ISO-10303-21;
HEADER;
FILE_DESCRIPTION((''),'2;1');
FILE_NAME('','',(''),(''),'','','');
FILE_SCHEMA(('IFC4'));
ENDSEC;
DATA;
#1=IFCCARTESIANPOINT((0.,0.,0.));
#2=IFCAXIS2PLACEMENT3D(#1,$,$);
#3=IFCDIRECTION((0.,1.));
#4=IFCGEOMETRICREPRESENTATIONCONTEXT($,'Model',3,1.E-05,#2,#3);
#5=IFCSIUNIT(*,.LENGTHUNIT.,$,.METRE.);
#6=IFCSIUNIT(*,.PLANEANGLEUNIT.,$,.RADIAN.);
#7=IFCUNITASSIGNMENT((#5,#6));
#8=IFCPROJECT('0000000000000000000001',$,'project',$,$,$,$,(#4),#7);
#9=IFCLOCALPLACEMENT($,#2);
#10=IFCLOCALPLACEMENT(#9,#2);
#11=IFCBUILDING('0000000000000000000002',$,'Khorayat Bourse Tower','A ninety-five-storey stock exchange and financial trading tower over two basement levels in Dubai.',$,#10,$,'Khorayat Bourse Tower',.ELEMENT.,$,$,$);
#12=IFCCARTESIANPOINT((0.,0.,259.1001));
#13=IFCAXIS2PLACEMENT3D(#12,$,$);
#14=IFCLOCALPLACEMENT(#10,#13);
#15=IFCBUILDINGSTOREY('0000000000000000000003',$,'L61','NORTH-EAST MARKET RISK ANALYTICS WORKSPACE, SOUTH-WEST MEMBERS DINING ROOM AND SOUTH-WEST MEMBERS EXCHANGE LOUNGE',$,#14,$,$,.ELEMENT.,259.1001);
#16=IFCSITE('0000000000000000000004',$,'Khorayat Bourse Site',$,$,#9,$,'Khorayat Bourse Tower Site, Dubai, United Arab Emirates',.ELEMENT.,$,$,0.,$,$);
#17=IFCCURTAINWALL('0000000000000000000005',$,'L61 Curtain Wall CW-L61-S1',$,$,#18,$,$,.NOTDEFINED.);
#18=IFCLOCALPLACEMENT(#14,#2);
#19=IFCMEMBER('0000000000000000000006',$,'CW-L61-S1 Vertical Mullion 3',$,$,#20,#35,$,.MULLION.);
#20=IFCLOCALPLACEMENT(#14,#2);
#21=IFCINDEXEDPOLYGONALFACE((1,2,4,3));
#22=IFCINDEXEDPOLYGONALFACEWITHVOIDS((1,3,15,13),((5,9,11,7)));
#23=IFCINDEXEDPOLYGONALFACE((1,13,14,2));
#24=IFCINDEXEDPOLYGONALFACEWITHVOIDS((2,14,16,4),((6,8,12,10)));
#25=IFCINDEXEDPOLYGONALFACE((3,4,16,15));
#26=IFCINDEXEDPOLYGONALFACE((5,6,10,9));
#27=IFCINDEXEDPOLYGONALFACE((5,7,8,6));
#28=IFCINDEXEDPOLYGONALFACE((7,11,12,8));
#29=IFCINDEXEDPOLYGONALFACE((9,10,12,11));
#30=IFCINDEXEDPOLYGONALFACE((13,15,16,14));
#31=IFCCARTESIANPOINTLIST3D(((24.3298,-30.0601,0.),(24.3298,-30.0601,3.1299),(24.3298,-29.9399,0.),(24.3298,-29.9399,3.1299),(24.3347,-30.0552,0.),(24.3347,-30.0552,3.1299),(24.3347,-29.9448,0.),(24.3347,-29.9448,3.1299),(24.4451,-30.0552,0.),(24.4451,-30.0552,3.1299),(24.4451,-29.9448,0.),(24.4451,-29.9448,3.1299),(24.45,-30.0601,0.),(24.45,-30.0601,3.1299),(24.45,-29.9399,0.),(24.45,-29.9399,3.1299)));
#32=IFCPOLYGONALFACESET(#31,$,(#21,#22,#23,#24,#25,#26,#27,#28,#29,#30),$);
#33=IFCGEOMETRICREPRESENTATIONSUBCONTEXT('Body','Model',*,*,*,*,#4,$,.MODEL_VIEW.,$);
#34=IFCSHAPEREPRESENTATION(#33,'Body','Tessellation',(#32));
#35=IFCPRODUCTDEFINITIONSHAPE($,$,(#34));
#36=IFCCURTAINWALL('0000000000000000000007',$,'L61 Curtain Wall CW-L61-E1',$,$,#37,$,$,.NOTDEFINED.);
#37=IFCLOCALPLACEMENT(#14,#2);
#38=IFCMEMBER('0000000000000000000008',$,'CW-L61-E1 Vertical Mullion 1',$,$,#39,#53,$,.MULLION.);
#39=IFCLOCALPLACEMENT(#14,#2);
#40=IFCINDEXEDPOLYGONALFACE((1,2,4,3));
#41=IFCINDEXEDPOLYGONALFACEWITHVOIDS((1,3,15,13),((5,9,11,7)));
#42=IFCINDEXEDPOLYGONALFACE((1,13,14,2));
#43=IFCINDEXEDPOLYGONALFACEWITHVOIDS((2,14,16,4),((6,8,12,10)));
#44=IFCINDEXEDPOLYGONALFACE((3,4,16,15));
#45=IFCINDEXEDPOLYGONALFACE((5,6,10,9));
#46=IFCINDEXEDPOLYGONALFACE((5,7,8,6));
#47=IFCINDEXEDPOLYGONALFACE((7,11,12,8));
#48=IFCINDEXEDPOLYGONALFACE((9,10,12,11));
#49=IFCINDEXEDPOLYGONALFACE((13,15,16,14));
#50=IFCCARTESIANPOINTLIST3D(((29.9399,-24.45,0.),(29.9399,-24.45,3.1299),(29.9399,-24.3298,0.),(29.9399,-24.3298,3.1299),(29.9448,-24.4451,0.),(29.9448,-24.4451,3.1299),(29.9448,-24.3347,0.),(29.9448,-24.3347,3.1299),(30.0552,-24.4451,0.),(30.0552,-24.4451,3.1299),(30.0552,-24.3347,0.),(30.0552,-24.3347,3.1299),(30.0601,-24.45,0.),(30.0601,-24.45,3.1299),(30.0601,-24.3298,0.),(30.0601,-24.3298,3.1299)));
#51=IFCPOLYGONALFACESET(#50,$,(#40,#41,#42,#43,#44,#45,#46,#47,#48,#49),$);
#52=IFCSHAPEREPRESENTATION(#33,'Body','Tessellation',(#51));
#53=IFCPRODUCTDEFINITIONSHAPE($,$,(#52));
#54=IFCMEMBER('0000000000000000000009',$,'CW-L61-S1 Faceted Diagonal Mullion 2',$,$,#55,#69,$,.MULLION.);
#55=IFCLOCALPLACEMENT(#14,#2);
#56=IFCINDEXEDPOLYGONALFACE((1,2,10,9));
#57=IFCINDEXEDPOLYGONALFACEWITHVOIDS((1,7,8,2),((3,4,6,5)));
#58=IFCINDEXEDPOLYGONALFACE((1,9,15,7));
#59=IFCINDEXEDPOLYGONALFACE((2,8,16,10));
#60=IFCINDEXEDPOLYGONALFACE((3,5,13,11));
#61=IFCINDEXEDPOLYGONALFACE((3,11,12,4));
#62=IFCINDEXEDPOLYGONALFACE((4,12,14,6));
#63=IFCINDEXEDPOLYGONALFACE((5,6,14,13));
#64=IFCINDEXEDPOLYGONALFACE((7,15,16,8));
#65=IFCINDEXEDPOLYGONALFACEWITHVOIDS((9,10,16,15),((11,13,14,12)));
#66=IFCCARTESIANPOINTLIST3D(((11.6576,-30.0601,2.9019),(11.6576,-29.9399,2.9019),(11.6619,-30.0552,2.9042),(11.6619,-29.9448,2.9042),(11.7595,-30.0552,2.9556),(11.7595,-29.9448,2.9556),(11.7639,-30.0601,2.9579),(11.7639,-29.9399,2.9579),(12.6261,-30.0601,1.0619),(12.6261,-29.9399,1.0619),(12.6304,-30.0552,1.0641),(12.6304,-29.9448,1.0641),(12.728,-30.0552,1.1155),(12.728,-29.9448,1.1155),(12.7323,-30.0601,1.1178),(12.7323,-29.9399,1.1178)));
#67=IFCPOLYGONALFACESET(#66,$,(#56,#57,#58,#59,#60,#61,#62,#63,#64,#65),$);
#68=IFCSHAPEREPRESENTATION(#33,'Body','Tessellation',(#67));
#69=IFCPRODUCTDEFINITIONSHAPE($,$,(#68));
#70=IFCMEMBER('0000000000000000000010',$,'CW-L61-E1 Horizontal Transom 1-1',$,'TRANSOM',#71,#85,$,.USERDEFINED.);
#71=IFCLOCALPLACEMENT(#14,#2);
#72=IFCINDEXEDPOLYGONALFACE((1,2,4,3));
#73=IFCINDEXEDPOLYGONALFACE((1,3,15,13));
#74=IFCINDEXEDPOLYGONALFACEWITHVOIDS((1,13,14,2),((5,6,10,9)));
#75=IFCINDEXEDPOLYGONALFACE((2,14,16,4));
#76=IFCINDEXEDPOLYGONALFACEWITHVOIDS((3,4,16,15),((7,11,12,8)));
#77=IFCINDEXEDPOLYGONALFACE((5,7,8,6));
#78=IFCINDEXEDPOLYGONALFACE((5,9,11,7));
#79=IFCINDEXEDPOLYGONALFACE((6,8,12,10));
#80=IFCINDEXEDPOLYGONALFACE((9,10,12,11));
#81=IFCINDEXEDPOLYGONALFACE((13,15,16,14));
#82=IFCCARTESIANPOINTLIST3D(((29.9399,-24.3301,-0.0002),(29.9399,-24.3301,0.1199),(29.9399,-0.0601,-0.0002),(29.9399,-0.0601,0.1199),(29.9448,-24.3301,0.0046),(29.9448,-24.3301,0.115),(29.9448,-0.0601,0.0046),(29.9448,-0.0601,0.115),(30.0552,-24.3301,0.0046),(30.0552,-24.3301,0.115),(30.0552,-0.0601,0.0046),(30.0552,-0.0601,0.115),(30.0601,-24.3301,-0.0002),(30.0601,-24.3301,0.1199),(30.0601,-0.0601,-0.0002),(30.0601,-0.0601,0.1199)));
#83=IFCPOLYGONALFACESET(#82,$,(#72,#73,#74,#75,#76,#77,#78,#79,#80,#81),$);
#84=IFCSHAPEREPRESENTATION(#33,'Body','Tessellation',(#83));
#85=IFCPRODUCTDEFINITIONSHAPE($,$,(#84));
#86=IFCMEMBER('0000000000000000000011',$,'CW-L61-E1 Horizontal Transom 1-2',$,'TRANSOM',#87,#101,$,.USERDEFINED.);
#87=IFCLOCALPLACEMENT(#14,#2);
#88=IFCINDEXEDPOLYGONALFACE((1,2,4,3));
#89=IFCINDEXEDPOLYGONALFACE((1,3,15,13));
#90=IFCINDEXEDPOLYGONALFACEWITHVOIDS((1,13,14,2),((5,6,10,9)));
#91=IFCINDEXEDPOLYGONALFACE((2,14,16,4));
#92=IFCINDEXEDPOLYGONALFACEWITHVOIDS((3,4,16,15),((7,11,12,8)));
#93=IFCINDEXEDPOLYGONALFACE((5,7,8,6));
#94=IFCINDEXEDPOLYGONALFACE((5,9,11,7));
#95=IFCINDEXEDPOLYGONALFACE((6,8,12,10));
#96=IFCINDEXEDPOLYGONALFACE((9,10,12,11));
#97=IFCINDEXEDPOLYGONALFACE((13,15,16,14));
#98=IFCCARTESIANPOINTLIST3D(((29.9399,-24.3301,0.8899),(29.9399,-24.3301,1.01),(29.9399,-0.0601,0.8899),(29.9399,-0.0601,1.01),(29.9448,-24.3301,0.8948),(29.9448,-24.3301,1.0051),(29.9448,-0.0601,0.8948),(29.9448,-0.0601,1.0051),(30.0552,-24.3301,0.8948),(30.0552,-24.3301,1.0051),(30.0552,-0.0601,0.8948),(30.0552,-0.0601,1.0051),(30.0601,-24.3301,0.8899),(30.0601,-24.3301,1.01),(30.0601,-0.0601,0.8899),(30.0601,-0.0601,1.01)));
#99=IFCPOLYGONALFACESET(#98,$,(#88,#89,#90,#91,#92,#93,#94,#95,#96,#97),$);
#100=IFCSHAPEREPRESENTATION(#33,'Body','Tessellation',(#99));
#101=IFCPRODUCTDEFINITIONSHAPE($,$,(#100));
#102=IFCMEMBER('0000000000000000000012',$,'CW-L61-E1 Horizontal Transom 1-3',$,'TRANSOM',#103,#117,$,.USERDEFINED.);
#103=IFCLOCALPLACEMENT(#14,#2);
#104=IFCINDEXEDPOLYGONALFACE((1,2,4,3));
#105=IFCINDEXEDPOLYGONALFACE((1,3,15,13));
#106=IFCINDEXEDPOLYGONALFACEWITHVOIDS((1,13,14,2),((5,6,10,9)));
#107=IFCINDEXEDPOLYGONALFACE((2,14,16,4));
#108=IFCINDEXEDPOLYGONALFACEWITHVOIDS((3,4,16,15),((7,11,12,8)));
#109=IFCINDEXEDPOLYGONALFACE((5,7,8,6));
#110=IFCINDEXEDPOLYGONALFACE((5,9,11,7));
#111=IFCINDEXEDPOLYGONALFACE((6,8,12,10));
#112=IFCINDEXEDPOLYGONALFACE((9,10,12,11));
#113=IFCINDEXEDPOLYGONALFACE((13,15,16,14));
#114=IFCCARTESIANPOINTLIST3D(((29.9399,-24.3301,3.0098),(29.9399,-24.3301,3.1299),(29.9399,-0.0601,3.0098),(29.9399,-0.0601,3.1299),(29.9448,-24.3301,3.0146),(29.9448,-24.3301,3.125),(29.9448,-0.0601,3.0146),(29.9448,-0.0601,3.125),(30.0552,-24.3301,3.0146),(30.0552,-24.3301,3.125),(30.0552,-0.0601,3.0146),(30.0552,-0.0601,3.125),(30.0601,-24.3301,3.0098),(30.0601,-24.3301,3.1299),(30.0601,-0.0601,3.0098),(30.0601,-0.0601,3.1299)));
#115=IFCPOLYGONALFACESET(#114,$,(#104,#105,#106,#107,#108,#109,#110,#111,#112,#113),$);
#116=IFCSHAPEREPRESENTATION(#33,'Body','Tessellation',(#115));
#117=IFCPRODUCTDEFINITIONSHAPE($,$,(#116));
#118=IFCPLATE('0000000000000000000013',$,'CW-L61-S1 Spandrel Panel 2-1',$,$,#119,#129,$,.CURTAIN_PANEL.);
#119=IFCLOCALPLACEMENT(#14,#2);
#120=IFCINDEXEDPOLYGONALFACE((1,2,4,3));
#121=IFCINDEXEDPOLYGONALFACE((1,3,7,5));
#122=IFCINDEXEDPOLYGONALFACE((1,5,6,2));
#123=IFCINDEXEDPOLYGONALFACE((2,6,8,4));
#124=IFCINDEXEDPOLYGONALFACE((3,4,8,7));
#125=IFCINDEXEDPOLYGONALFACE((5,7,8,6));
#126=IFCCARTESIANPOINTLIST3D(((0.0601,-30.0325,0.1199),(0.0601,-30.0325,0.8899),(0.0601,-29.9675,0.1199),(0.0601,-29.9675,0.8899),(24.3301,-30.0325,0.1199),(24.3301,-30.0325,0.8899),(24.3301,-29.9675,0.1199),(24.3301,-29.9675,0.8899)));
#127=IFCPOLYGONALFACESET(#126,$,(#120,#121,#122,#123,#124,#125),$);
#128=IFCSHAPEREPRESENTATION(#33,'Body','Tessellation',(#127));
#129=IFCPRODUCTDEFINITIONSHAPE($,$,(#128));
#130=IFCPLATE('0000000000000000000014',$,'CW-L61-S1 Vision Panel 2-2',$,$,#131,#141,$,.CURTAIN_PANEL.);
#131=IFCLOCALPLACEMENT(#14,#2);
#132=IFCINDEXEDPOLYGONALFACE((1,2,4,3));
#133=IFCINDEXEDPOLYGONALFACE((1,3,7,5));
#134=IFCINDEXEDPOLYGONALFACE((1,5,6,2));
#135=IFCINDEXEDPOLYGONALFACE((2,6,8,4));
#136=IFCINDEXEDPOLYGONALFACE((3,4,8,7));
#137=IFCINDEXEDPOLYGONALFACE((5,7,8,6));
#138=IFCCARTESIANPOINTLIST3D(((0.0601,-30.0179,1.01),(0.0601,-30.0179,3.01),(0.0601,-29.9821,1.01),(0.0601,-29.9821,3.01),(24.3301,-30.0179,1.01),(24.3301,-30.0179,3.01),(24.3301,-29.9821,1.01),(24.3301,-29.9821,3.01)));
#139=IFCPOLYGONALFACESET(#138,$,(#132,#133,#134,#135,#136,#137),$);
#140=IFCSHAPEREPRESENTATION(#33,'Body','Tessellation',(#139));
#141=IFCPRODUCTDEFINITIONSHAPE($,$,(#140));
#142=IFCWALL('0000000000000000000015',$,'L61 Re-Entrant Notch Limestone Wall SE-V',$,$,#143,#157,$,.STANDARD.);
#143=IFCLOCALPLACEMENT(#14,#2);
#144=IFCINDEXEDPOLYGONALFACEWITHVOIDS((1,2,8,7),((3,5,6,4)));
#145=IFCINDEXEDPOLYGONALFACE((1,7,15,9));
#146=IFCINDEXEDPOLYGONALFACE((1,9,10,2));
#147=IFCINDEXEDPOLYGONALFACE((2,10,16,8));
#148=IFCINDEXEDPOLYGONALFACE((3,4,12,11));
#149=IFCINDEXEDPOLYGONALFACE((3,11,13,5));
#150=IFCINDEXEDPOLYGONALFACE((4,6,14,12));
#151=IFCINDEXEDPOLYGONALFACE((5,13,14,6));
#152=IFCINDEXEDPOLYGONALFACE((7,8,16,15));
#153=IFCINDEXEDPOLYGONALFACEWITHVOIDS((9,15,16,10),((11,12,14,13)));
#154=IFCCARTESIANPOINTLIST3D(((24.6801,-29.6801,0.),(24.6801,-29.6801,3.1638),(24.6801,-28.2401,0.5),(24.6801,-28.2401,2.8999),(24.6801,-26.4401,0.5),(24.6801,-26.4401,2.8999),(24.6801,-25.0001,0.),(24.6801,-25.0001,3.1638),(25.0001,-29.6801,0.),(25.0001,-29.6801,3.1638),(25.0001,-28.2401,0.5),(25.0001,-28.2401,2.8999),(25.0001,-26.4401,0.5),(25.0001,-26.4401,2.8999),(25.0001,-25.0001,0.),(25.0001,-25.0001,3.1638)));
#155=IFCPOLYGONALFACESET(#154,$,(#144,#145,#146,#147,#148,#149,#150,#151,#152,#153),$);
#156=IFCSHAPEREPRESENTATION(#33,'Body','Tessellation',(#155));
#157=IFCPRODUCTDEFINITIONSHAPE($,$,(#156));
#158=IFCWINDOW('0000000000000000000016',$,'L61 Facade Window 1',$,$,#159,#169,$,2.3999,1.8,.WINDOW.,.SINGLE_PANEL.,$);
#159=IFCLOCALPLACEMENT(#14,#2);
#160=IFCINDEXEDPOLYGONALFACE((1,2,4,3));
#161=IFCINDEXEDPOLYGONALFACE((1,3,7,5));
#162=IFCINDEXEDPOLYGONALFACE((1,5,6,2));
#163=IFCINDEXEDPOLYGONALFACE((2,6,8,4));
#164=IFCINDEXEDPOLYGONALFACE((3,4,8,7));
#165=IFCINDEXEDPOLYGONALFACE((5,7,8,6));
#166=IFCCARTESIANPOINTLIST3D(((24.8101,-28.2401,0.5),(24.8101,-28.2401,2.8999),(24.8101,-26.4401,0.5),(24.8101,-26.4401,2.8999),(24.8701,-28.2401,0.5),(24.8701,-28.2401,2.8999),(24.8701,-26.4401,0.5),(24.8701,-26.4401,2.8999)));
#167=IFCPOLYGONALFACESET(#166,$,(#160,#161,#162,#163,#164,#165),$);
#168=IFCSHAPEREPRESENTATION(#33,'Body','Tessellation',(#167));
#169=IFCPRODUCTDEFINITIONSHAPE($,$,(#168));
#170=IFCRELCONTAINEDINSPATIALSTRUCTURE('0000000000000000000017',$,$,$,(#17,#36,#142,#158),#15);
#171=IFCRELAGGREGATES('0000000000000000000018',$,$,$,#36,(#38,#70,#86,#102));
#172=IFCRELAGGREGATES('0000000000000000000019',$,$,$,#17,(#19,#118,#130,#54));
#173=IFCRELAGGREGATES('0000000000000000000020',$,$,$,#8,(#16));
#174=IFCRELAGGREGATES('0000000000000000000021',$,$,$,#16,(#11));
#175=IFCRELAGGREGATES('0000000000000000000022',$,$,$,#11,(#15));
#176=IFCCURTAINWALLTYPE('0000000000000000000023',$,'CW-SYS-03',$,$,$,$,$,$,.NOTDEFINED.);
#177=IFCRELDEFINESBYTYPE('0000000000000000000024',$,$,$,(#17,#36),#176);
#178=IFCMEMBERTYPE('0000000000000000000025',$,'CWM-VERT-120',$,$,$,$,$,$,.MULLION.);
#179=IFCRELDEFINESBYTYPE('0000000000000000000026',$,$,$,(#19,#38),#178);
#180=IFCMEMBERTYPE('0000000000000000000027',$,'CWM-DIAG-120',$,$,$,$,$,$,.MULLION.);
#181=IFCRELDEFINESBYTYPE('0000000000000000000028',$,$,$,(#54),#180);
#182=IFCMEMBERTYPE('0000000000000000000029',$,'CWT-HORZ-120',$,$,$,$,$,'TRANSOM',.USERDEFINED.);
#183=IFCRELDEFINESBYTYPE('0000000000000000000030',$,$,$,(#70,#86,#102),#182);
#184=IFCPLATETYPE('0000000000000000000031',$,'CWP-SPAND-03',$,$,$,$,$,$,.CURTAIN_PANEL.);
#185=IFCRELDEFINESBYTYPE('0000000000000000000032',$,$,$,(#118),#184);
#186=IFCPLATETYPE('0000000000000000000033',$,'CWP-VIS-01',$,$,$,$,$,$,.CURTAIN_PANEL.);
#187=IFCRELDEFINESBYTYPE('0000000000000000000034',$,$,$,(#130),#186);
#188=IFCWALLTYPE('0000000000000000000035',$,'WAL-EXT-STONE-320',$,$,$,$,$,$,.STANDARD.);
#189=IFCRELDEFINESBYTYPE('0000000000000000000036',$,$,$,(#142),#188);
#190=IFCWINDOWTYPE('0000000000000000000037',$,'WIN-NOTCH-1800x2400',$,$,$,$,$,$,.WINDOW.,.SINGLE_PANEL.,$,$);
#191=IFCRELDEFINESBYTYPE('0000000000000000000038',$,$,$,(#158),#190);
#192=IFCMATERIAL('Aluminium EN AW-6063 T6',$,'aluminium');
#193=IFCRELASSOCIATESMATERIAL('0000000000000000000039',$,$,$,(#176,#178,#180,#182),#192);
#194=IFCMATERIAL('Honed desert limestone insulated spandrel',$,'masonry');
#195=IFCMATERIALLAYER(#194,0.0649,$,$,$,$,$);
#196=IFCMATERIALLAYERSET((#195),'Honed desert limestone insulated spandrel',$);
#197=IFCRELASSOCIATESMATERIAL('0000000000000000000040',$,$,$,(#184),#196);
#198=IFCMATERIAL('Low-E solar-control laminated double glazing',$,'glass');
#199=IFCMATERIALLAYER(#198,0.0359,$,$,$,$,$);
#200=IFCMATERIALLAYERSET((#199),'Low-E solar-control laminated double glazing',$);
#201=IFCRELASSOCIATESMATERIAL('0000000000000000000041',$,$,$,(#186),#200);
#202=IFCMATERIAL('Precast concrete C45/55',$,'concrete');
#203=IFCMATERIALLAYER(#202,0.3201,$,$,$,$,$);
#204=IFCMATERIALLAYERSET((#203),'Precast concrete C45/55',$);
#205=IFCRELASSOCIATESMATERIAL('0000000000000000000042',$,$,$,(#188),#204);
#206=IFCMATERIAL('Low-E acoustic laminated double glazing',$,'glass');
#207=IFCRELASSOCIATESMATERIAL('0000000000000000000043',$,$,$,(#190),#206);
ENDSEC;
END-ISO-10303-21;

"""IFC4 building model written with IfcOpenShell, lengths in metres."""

from ifc_helpers import new_model, si_unit, direction, frame, frame_2d, origin, origin_2d, place, context, subcontext, project, spatial, rectangle, hollow_rectangle, extrude, source, transform, mapped, material, layer, layer_set, material_profile, profile_set, type_object, element, fill, aggregate, save


model = new_model("IFC4")

# Units and contexts
model_context = context("Model", 3, precision=1e-05, world=origin(), true_north=direction((0.0, 1.0)))
body_context = subcontext(model_context, "Body", "Model", "MODEL_VIEW")
ifc_project = project(units=[si_unit("LENGTHUNIT", "METRE"), si_unit("PLANEANGLEUNIT", "RADIAN")], contexts=[model_context])

# Site, building, storey
site_placement = place(None, origin())
site = spatial("IfcSite", under=ifc_project, at=site_placement, Name="Khorayat Bourse Site", LongName="Khorayat Bourse Tower Site, Dubai, United Arab Emirates", CompositionType="ELEMENT", RefElevation=0.0)
building_placement = place(site_placement, origin())
building = spatial("IfcBuilding", under=site, at=building_placement, Name="Khorayat Bourse Tower", Description="A ninety-five-storey stock exchange and financial trading tower over two basement levels in Dubai.", LongName="Khorayat Bourse Tower", CompositionType="ELEMENT")
storey_placement = place(building_placement, frame((0.0, 0.0, 259.1001)))
storey = spatial("IfcBuildingStorey", under=building, at=storey_placement, Name="L61", Description="NORTH-EAST MARKET RISK ANALYTICS WORKSPACE, SOUTH-WEST MEMBERS DINING ROOM AND SOUTH-WEST MEMBERS EXCHANGE LOUNGE", CompositionType="ELEMENT", Elevation=259.1001)

# Curtain walls, members
ifc_material_1 = material(Name="Aluminium EN AW-6063 T6", Category="aluminium")
curtain_wall_type = type_object("IfcCurtainWallType", Name="CW-SYS-03", PredefinedType="NOTDEFINED", material=ifc_material_1)
curtain_wall_1_placement = place(storey_placement, origin())
curtain_wall_1 = element("IfcCurtainWall", 1, at=curtain_wall_1_placement, inside=storey, type_object=curtain_wall_type, Name="L61 Curtain Wall CW-L61-S1", PredefinedType="NOTDEFINED")
ifc_material_profile_1 = material_profile(ifc_material_1, hollow_rectangle(XDim=0.1201, YDim=0.1201, WallThickness=0.0049, at=origin_2d()), Name="ALU 120x120x5")
ifc_profile_set_1 = profile_set([ifc_material_profile_1], Name="Aluminium EN AW-6063 T6")
member_type_1 = type_object("IfcMemberType", Name="CWM-VERT-120", PredefinedType="MULLION", material=ifc_profile_set_1)
shared_shape_1 = source(origin(), body_context, "Body", "SweptSolid", [
    extrude(hollow_rectangle(XDim=0.1201, YDim=0.1201, WallThickness=0.0049, at=origin_2d()), origin(), (0.0, 0.0, 1.0), 3.1299),
])
member_1_placement = place(storey_placement, frame((24.3899, -30.0, 0.0), z_axis=(0.0, 0.0, 1.0), x_axis=(0.0, 1.0, 0.0)))
member_1 = element("IfcMember", 2, at=member_1_placement, type_object=member_type_1, Name="CW-L61-S1 Vertical Mullion 3", PredefinedType="MULLION", context=body_context, shape_type="MappedRepresentation", body=[
    mapped(shared_shape_1, transform((0.0, 0.0, 0.0), scale=1.0)),
])
curtain_wall_2_placement = place(storey_placement, origin())
curtain_wall_2 = element("IfcCurtainWall", 3, at=curtain_wall_2_placement, inside=storey, type_object=curtain_wall_type, Name="L61 Curtain Wall CW-L61-E1", PredefinedType="NOTDEFINED")
member_2_placement = place(storey_placement, frame((30.0, -24.3899, 0.0), z_axis=(0.0, 0.0, 1.0), x_axis=(-1.0, 0.0, 0.0)))
member_2 = element("IfcMember", 4, at=member_2_placement, type_object=member_type_1, Name="CW-L61-E1 Vertical Mullion 1", PredefinedType="MULLION", context=body_context, shape_type="MappedRepresentation", body=[
    mapped(shared_shape_1, transform((0.0, 0.0, 0.0), scale=1.0)),
])

# Members
ifc_material_profile_2 = material_profile(ifc_material_1, hollow_rectangle(XDim=0.1201, YDim=0.1201, WallThickness=0.0049, at=origin_2d()), Name="ALU 120x120x5")
ifc_profile_set_2 = profile_set([ifc_material_profile_2], Name="Aluminium EN AW-6063 T6")
member_type_2 = type_object("IfcMemberType", Name="CWM-DIAG-120", PredefinedType="MULLION", material=ifc_profile_set_2)
shared_shape_2 = source(origin(), body_context, "Body", "SweptSolid", [
    extrude(hollow_rectangle(XDim=0.1201, YDim=0.1201, WallThickness=0.0049, at=origin_2d()), origin(), (0.0, 0.0, 1.0), 2.0793),
])
member_3_placement = place(storey_placement, frame((12.6792, -30.0, 1.0898), z_axis=(-0.465761, 0.0, 0.884911), x_axis=(0.0, -1.0, 0.0)))
member_3 = element("IfcMember", 5, at=member_3_placement, type_object=member_type_2, Name="CW-L61-S1 Faceted Diagonal Mullion 2", PredefinedType="MULLION", context=body_context, shape_type="MappedRepresentation", body=[
    mapped(shared_shape_2, transform((0.0, 0.0, 0.0), scale=1.0)),
])
ifc_material_profile_3 = material_profile(ifc_material_1, hollow_rectangle(XDim=0.1201, YDim=0.1201, WallThickness=0.0049, at=origin_2d()), Name="ALU 120x120x5")
ifc_profile_set_3 = profile_set([ifc_material_profile_3], Name="Aluminium EN AW-6063 T6")
member_type_3 = type_object("IfcMemberType", Name="CWT-HORZ-120", ElementType="TRANSOM", PredefinedType="USERDEFINED", material=ifc_profile_set_3)
shared_shape_3 = source(origin(), body_context, "Body", "SweptSolid", [
    extrude(hollow_rectangle(XDim=0.1201, YDim=0.1201, WallThickness=0.0049, at=origin_2d()), origin(), (0.0, 0.0, 1.0), 24.27),
])
member_4_placement = place(storey_placement, frame((30.0, -24.3301, 0.0598), z_axis=(0.0, 1.0, 0.0), x_axis=(-1.0, 0.0, 0.0)))
member_4 = element("IfcMember", 6, at=member_4_placement, type_object=member_type_3, Name="CW-L61-E1 Horizontal Transom 1-1", ObjectType="TRANSOM", PredefinedType="USERDEFINED", context=body_context, shape_type="MappedRepresentation", body=[
    mapped(shared_shape_3, transform((0.0, 0.0, 0.0), scale=1.0)),
])
member_5_placement = place(storey_placement, frame((30.0, -24.3301, 0.95), z_axis=(0.0, 1.0, 0.0), x_axis=(-1.0, 0.0, 0.0)))
member_5 = element("IfcMember", 7, at=member_5_placement, type_object=member_type_3, Name="CW-L61-E1 Horizontal Transom 1-2", ObjectType="TRANSOM", PredefinedType="USERDEFINED", context=body_context, shape_type="MappedRepresentation", body=[
    mapped(shared_shape_3, transform((0.0, 0.0, 0.0), scale=1.0)),
])
member_6_placement = place(storey_placement, frame((30.0, -24.3301, 3.0698), z_axis=(0.0, 1.0, 0.0), x_axis=(-1.0, 0.0, 0.0)))
member_6 = element("IfcMember", 8, at=member_6_placement, type_object=member_type_3, Name="CW-L61-E1 Horizontal Transom 1-3", ObjectType="TRANSOM", PredefinedType="USERDEFINED", context=body_context, shape_type="MappedRepresentation", body=[
    mapped(shared_shape_3, transform((0.0, 0.0, 0.0), scale=1.0)),
])
aggregate(curtain_wall_2, [member_2, member_4, member_5, member_6])

# Plates
ifc_material_2 = material(Name="Honed desert limestone insulated spandrel", Category="masonry")
ifc_layer_1 = layer(ifc_material_2, 0.0649)
ifc_layer_set_1 = layer_set([ifc_layer_1], Name="Honed desert limestone insulated spandrel")
plate_type_1 = type_object("IfcPlateType", Name="CWP-SPAND-03", PredefinedType="CURTAIN_PANEL", material=ifc_layer_set_1)
shared_shape_4 = source(origin(), body_context, "Body", "SweptSolid", [
    extrude(rectangle(XDim=24.27, YDim=0.0649, at=origin_2d()), origin(), (0.0, 0.0, 1.0), 0.77),
])
plate_1_placement = place(storey_placement, frame((12.1951, -30.0, 0.1199), z_axis=(0.0, 0.0, 1.0), x_axis=(1.0, 0.0, 0.0)))
plate_1 = element("IfcPlate", 9, at=plate_1_placement, type_object=plate_type_1, Name="CW-L61-S1 Spandrel Panel 2-1", PredefinedType="CURTAIN_PANEL", context=body_context, shape_type="MappedRepresentation", body=[
    mapped(shared_shape_4, transform((0.0, 0.0, 0.0), scale=1.0)),
])
ifc_material_3 = material(Name="Low-E solar-control laminated double glazing", Category="glass")
ifc_layer_2 = layer(ifc_material_3, 0.0359)
ifc_layer_set_2 = layer_set([ifc_layer_2], Name="Low-E solar-control laminated double glazing")
plate_type_2 = type_object("IfcPlateType", Name="CWP-VIS-01", PredefinedType="CURTAIN_PANEL", material=ifc_layer_set_2)
shared_shape_5 = source(origin(), body_context, "Body", "SweptSolid", [
    extrude(rectangle(XDim=24.27, YDim=0.0359, at=origin_2d()), origin(), (0.0, 0.0, 1.0), 2.0),
])
plate_2_placement = place(storey_placement, frame((12.1951, -30.0, 1.01), z_axis=(0.0, 0.0, 1.0), x_axis=(1.0, 0.0, 0.0)))
plate_2 = element("IfcPlate", 10, at=plate_2_placement, type_object=plate_type_2, Name="CW-L61-S1 Vision Panel 2-2", PredefinedType="CURTAIN_PANEL", context=body_context, shape_type="MappedRepresentation", body=[
    mapped(shared_shape_5, transform((0.0, 0.0, 0.0), scale=1.0)),
])
aggregate(curtain_wall_1, [member_1, plate_1, plate_2, member_3])

# Wall, opening, window
ifc_material_4 = material(Name="Precast concrete C45/55", Category="concrete")
ifc_layer_3 = layer(ifc_material_4, 0.3201)
ifc_layer_set_3 = layer_set([ifc_layer_3], Name="Precast concrete C45/55")
wall_type_1 = type_object("IfcWallType", Name="WAL-EXT-STONE-320", PredefinedType="STANDARD", material=ifc_layer_set_3)
shared_shape_6 = source(origin(), body_context, "Body", "SweptSolid", [
    extrude(rectangle(XDim=4.6799, YDim=0.3201, at=frame_2d((2.3398, 0.0))), origin(), (0.0, 0.0, 1.0), 3.1638),
])
wall_1_placement = place(storey_placement, frame((24.8401, -29.6799, 0.0), z_axis=(0.0, 0.0, 1.0), x_axis=(0.0, 1.0, 0.0)))
wall_1 = element("IfcWall", 11, at=wall_1_placement, inside=storey, type_object=wall_type_1, Name="L61 Re-Entrant Notch Limestone Wall SE-V", PredefinedType="STANDARD", context=body_context, shape_type="MappedRepresentation", body=[
    mapped(shared_shape_6, transform((0.0, 0.0, 0.0), scale=1.0)),
])
shared_shape_7 = source(origin(), body_context, "Body", "SweptSolid", [
    extrude(rectangle(XDim=1.8, YDim=2.3999, at=frame_2d((0.8999, 1.2))), frame((0.0, 0.1699, 0.0), z_axis=(0.0, -1.0, 0.0), x_axis=(1.0, 0.0, 0.0)), (0.0, 0.0, 1.0), 0.3401),
])
opening_1_placement = place(wall_1_placement, frame((1.4399, 0.0, 0.5)))
opening_1 = element("IfcOpeningElement", 12, at=opening_1_placement, cuts=wall_1, PredefinedType="OPENING", context=body_context, shape_type="MappedRepresentation", body=[
    mapped(shared_shape_7, transform((0.0, 0.0, 0.0), scale=1.0)),
])
ifc_material_5 = material(Name="Low-E acoustic laminated double glazing", Category="glass")
window_type = type_object("IfcWindowType", Name="WIN-NOTCH-1800x2400", PartitioningType="SINGLE_PANEL", PredefinedType="WINDOW", material=ifc_material_5)
shared_shape_8 = source(origin(), body_context, "Body", "SweptSolid", [
    extrude(rectangle(XDim=1.8, YDim=2.3999, at=frame_2d((0.8999, 1.2))), frame((0.0, 0.03, 0.0), z_axis=(0.0, -1.0, 0.0), x_axis=(1.0, 0.0, 0.0)), (0.0, 0.0, 1.0), 0.0601),
])
window_1_placement = place(opening_1_placement, origin())
window_1 = element("IfcWindow", 13, at=window_1_placement, inside=storey, type_object=window_type, Name="L61 Facade Window 1", OverallHeight=2.3999, OverallWidth=1.8, PartitioningType="SINGLE_PANEL", PredefinedType="WINDOW", context=body_context, shape_type="MappedRepresentation", body=[
    mapped(shared_shape_8, transform((0.0, 0.0, 0.0), scale=1.0)),
])
fill(opening_1, window_1)

save(model, "model.ifc")
